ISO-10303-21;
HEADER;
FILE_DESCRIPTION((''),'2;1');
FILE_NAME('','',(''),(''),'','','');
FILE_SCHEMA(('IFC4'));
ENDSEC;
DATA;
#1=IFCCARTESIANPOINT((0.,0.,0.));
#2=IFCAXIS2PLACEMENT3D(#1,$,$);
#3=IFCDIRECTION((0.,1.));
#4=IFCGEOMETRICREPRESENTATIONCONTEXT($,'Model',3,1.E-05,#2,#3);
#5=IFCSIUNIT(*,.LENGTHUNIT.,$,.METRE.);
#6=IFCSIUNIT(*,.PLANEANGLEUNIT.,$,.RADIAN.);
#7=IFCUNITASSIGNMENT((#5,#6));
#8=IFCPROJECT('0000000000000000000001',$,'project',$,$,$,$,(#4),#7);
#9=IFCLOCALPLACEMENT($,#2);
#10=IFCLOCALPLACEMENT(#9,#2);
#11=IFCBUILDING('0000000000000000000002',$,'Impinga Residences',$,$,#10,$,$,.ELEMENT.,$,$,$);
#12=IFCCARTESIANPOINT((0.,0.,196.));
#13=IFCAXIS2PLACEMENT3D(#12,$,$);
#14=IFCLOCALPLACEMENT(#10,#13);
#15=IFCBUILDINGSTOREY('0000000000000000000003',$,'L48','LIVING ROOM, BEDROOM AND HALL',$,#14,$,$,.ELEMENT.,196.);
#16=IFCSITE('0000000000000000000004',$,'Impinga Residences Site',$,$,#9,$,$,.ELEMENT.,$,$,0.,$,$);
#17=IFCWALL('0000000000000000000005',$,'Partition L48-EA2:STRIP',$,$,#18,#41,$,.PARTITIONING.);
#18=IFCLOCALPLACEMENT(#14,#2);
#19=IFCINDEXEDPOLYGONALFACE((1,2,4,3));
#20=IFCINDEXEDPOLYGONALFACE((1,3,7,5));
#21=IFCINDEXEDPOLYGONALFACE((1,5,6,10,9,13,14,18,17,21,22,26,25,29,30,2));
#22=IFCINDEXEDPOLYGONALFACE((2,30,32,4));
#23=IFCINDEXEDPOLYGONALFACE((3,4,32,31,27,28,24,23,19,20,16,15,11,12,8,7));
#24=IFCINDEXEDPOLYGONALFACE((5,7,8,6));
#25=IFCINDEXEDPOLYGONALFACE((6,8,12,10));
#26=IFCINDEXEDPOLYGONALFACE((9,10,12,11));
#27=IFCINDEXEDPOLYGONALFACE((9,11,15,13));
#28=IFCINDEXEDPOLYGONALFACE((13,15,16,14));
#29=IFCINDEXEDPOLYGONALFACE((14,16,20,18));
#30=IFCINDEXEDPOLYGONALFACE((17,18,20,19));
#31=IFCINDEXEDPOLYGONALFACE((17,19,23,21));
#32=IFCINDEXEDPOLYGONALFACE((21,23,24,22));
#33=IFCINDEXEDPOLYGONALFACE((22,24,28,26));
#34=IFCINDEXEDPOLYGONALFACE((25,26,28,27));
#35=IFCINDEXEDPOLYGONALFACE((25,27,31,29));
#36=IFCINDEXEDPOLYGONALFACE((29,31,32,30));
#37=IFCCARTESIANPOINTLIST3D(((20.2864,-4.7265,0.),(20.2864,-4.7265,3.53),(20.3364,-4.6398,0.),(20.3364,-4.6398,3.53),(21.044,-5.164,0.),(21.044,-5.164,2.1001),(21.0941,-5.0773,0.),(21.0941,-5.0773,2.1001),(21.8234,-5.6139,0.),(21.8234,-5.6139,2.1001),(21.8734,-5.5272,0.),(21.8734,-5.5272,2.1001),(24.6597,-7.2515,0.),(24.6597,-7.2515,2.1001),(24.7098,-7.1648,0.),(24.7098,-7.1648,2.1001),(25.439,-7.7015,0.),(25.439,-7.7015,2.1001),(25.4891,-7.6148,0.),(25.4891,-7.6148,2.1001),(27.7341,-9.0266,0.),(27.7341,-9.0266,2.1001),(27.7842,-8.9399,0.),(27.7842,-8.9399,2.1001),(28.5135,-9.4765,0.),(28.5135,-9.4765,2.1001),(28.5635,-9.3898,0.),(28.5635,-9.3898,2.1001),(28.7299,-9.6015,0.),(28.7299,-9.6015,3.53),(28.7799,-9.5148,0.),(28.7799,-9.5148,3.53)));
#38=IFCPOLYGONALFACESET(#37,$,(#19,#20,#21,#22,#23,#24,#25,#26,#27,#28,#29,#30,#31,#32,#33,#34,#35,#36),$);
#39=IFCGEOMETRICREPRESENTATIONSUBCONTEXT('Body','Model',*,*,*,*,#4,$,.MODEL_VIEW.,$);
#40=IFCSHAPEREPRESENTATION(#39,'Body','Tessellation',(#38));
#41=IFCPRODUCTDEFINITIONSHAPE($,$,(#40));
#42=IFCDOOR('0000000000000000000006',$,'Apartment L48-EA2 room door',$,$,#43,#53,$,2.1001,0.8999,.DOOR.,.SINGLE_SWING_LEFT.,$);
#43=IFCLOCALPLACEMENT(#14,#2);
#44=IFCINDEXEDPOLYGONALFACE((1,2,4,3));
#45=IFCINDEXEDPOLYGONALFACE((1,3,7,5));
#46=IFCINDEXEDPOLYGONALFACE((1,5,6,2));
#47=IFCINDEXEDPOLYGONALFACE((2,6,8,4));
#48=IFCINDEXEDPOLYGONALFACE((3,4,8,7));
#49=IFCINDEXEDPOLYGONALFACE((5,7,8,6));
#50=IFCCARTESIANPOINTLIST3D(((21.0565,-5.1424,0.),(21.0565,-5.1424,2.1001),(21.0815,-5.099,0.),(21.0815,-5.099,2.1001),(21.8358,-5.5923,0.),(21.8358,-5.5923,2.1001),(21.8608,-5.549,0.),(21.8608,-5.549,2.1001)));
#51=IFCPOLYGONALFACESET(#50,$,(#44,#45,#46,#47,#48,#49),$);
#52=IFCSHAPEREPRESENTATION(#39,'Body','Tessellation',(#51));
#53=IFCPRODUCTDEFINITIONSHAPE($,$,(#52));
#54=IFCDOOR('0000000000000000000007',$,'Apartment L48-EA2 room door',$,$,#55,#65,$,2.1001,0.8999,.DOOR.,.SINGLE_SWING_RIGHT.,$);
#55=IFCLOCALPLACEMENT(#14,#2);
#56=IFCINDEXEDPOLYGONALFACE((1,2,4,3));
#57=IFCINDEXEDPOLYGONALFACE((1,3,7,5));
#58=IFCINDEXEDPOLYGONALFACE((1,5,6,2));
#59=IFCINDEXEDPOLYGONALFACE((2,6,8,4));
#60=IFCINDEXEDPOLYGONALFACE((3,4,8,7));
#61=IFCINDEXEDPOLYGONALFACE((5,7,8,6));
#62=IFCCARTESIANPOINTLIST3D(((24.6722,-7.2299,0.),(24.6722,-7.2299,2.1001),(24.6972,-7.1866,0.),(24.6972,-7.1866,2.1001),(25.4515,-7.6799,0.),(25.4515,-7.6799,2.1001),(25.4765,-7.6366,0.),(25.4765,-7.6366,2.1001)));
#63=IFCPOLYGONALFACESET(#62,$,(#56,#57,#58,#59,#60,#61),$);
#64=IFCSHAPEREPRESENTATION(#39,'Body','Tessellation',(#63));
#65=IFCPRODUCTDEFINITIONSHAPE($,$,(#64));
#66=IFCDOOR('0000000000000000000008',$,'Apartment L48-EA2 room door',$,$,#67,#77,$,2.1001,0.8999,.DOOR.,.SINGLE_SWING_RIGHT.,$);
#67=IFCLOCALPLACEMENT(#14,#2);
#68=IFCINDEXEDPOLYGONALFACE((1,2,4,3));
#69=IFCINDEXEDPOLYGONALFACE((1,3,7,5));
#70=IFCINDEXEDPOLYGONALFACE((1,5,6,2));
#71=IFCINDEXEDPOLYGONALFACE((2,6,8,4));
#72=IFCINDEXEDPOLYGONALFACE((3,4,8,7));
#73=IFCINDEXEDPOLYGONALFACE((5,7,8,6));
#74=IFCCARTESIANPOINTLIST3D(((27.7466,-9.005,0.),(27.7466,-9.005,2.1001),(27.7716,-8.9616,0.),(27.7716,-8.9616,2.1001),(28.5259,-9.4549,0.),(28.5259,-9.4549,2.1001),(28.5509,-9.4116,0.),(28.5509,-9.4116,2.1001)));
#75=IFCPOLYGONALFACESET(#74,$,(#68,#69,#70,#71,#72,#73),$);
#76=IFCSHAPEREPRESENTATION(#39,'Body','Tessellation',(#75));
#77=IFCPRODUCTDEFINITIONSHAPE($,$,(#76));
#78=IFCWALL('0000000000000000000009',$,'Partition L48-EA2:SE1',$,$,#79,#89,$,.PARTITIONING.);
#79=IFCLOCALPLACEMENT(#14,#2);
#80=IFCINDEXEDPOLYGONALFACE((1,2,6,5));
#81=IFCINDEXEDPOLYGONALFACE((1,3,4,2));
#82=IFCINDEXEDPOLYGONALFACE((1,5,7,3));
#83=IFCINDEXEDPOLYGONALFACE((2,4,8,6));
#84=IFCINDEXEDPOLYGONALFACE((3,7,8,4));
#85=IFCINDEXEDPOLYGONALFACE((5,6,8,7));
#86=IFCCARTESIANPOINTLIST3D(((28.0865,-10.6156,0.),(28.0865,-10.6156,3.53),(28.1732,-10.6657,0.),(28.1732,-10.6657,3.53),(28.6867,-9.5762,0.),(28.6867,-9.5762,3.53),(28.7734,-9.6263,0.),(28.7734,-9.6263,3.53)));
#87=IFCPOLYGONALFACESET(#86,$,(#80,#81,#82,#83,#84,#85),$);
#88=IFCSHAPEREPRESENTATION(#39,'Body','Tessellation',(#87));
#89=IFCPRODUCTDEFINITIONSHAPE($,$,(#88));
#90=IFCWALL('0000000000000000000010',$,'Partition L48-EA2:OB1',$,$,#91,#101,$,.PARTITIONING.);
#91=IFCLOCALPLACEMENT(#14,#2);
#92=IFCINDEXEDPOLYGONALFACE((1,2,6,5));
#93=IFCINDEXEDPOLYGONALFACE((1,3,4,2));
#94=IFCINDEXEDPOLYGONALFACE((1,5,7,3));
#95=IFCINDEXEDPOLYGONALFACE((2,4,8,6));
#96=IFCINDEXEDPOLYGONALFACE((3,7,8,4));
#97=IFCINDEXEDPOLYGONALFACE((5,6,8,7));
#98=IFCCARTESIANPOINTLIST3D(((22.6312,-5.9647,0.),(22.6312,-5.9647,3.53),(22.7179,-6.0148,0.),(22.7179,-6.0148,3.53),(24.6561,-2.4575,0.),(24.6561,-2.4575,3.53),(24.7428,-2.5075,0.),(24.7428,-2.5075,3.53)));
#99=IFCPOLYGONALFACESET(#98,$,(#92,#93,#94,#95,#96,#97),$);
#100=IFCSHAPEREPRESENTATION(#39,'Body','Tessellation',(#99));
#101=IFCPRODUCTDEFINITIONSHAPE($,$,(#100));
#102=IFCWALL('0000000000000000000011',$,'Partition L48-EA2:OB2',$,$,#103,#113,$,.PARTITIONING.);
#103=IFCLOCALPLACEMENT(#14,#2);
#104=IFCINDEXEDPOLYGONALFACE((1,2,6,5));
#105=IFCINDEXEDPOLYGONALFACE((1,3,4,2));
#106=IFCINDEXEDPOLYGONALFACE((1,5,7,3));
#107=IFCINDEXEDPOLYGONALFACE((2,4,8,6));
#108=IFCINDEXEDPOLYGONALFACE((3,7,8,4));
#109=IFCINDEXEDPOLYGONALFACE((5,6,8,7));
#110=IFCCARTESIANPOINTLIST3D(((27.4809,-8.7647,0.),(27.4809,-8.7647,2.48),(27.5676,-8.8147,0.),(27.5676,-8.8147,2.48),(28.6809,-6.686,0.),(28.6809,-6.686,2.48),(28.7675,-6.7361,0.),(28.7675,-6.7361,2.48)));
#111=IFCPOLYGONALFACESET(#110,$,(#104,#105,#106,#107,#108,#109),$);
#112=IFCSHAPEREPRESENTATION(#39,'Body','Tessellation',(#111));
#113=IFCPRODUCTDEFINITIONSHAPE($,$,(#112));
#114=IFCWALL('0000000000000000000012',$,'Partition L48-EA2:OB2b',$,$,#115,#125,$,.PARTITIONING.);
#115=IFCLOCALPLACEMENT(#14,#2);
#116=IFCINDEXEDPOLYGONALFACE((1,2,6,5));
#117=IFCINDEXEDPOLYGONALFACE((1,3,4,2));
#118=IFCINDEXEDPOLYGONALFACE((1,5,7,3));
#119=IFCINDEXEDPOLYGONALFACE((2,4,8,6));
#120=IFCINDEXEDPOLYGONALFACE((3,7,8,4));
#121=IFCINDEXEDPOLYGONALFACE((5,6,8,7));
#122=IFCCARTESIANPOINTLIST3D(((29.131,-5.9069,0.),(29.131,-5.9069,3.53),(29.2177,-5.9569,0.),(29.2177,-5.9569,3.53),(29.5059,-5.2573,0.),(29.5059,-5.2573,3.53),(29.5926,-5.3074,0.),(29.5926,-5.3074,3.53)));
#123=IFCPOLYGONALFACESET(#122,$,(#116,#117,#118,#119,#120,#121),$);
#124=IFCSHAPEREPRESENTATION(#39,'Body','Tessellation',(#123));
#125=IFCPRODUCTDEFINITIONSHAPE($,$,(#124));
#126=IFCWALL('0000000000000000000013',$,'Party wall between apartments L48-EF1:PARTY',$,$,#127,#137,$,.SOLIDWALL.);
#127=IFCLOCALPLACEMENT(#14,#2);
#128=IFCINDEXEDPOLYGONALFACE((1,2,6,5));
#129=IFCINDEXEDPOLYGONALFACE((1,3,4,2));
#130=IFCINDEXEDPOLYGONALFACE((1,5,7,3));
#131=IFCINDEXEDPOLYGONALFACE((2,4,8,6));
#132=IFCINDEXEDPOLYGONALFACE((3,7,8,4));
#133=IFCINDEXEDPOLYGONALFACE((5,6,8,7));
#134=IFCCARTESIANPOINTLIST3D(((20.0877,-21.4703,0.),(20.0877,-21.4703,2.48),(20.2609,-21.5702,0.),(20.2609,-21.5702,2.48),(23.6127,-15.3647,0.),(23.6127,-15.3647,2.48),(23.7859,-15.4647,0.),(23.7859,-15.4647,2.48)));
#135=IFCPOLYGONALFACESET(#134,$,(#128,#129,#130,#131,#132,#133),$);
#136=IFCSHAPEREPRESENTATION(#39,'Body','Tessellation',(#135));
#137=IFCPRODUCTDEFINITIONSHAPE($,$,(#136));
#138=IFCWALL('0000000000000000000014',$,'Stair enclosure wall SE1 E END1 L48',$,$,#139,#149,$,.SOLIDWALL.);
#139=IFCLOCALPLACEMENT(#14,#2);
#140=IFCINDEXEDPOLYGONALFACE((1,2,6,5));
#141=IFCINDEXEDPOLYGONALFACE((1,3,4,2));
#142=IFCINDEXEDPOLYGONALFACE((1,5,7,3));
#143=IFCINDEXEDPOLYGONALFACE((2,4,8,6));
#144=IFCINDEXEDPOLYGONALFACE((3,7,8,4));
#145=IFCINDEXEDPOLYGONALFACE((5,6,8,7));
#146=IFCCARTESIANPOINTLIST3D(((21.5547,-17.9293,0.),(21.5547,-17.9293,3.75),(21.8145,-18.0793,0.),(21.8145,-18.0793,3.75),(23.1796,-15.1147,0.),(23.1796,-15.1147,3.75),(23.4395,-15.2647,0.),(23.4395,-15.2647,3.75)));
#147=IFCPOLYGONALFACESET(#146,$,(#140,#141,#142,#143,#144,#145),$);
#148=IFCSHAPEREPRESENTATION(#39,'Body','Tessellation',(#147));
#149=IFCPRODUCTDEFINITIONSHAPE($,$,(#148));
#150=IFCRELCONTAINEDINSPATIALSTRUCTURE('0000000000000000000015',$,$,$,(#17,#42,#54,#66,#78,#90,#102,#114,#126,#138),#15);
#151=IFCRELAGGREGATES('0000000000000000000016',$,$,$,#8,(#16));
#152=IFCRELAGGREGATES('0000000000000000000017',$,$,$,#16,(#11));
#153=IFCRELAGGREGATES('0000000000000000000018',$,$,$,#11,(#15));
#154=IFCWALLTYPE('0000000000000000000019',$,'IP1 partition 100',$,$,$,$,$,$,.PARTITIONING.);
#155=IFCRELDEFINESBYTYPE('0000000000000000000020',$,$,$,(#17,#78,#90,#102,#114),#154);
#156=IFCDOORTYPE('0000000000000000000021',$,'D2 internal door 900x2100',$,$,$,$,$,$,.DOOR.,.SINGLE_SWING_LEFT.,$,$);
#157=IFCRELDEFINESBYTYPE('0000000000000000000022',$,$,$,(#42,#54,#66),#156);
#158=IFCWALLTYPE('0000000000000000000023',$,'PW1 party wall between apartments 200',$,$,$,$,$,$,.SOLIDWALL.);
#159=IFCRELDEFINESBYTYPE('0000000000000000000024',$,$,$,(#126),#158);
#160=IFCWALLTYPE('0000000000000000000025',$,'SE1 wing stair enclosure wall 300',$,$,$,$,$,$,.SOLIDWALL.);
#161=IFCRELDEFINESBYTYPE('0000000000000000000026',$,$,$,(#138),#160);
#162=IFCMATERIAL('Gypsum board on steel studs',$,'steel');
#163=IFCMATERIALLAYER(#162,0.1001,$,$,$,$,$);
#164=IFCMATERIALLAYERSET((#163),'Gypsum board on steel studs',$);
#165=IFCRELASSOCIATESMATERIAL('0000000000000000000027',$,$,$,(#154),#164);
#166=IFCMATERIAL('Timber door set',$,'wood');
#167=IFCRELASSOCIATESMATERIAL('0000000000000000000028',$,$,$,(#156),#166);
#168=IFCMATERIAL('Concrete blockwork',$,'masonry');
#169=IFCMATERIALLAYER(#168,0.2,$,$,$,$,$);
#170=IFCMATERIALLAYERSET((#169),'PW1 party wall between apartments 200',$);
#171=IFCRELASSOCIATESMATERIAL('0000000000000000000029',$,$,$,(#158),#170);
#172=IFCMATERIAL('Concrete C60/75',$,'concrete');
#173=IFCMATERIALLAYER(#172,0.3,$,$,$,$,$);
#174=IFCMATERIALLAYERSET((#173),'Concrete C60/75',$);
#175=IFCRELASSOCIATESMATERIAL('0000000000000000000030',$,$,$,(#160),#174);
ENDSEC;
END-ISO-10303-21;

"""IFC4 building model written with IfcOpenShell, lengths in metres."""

from ifc_helpers import new_model, si_unit, direction, frame, frame_2d, origin, place, context, subcontext, project, spatial, rectangle, extrude, material, layer, layer_set, type_object, element, fill, save


model = new_model("IFC4")

# Units and contexts
model_context = context("Model", 3, precision=1e-05, world=origin(), true_north=direction((0.0, 1.0)))
body_context = subcontext(model_context, "Body", "Model", "MODEL_VIEW")
ifc_project = project(units=[si_unit("LENGTHUNIT", "METRE"), si_unit("PLANEANGLEUNIT", "RADIAN")], contexts=[model_context])

# Site, building, storey
site_placement = place(None, origin())
site = spatial("IfcSite", under=ifc_project, at=site_placement, Name="Impinga Residences Site", CompositionType="ELEMENT", RefElevation=0.0)
building_placement = place(site_placement, origin())
building = spatial("IfcBuilding", under=site, at=building_placement, Name="Impinga Residences", CompositionType="ELEMENT")
storey_placement = place(building_placement, frame((0.0, 0.0, 196.0)))
storey = spatial("IfcBuildingStorey", under=building, at=storey_placement, Name="L48", Description="LIVING ROOM, BEDROOM AND HALL", CompositionType="ELEMENT", Elevation=196.0)

# Shared definitions
ifc_material_1 = material(Name="Concrete C60/75", Category="concrete")

# Shared definitions
ifc_material_2 = material(Name="Gypsum board on steel studs", Category="steel")
ifc_layer_1 = layer(ifc_material_2, 0.1001)
ifc_layer_set_1 = layer_set([ifc_layer_1], Name="Gypsum board on steel studs")
wall_type_1 = type_object("IfcWallType", Name="IP1 partition 100", PredefinedType="PARTITIONING", material=ifc_layer_set_1)

# Wall, openings, doors
wall_1_placement = place(storey_placement, frame((20.3113, -4.6831, 0.0), z_axis=(0.0, 0.0, 1.0), x_axis=(0.866022, -0.500006, 0.0)))
wall_1 = element("IfcWall", 1, at=wall_1_placement, inside=storey, type_object=wall_type_1, Name="Partition L48-EA2:STRIP", PredefinedType="PARTITIONING", context=body_context, shape_type="SweptSolid", body=[
    extrude(rectangle(XDim=9.7498, YDim=0.1001, at=frame_2d((4.875, 0.0))), origin(), (0.0, 0.0, 1.0), 3.53),
])
opening_1_placement = place(wall_1_placement, frame((0.875, 0.0, 0.0)))
opening_1 = element("IfcOpeningElement", 2, at=opening_1_placement, cuts=wall_1, PredefinedType="OPENING", context=body_context, shape_type="SweptSolid", body=[
    extrude(rectangle(XDim=0.8999, YDim=2.1001, at=frame_2d((0.45, 1.05))), frame((0.0, 0.0601, 0.0), z_axis=(0.0, -1.0, 0.0), x_axis=(1.0, 0.0, 0.0)), (0.0, 0.0, 1.0), 0.1201),
])
opening_2_placement = place(wall_1_placement, frame((5.05, 0.0, 0.0)))
opening_2 = element("IfcOpeningElement", 3, at=opening_2_placement, cuts=wall_1, PredefinedType="OPENING", context=body_context, shape_type="SweptSolid", body=[
    extrude(rectangle(XDim=0.8999, YDim=2.1001, at=frame_2d((0.45, 1.05))), frame((0.0, 0.0601, 0.0), z_axis=(0.0, -1.0, 0.0), x_axis=(1.0, 0.0, 0.0)), (0.0, 0.0, 1.0), 0.1201),
])
opening_3_placement = place(wall_1_placement, frame((8.6001, 0.0, 0.0)))
opening_3 = element("IfcOpeningElement", 4, at=opening_3_placement, cuts=wall_1, PredefinedType="OPENING", context=body_context, shape_type="SweptSolid", body=[
    extrude(rectangle(XDim=0.8999, YDim=2.1001, at=frame_2d((0.45, 1.05))), frame((0.0, 0.0601, 0.0), z_axis=(0.0, -1.0, 0.0), x_axis=(1.0, 0.0, 0.0)), (0.0, 0.0, 1.0), 0.1201),
])
ifc_material_3 = material(Name="Timber door set", Category="wood")
door_type = type_object("IfcDoorType", Name="D2 internal door 900x2100", OperationType="SINGLE_SWING_LEFT", PredefinedType="DOOR", material=ifc_material_3)
door_1_placement = place(opening_1_placement, origin())
door_1 = element("IfcDoor", 5, at=door_1_placement, inside=storey, type_object=door_type, Name="Apartment L48-EA2 room door", OperationType="SINGLE_SWING_LEFT", OverallHeight=2.1001, OverallWidth=0.8999, PredefinedType="DOOR", context=body_context, shape_type="SweptSolid", body=[
    extrude(rectangle(XDim=0.8999, YDim=2.1001, at=frame_2d((0.45, 1.05))), frame((0.0, 0.0249, 0.0), z_axis=(0.0, -1.0, 0.0), x_axis=(1.0, 0.0, 0.0)), (0.0, 0.0, 1.0), 0.05),
])
fill(opening_1, door_1)
door_2_placement = place(opening_2_placement, origin())
door_2 = element("IfcDoor", 6, at=door_2_placement, inside=storey, type_object=door_type, Name="Apartment L48-EA2 room door", OperationType="SINGLE_SWING_RIGHT", OverallHeight=2.1001, OverallWidth=0.8999, PredefinedType="DOOR", context=body_context, shape_type="SweptSolid", body=[
    extrude(rectangle(XDim=0.8999, YDim=2.1001, at=frame_2d((0.45, 1.05))), frame((0.0, 0.0249, 0.0), z_axis=(0.0, -1.0, 0.0), x_axis=(1.0, 0.0, 0.0)), (0.0, 0.0, 1.0), 0.05),
])
fill(opening_2, door_2)
door_3_placement = place(opening_3_placement, origin())
door_3 = element("IfcDoor", 7, at=door_3_placement, inside=storey, type_object=door_type, Name="Apartment L48-EA2 room door", OperationType="SINGLE_SWING_RIGHT", OverallHeight=2.1001, OverallWidth=0.8999, PredefinedType="DOOR", context=body_context, shape_type="SweptSolid", body=[
    extrude(rectangle(XDim=0.8999, YDim=2.1001, at=frame_2d((0.45, 1.05))), frame((0.0, 0.0249, 0.0), z_axis=(0.0, -1.0, 0.0), x_axis=(1.0, 0.0, 0.0)), (0.0, 0.0, 1.0), 0.05),
])
fill(opening_3, door_3)

# Walls
wall_2_placement = place(storey_placement, frame((28.1299, -10.6406, 0.0), z_axis=(0.0, 0.0, 1.0), x_axis=(0.500034, 0.866006, 0.0)))
element("IfcWall", 8, at=wall_2_placement, inside=storey, type_object=wall_type_1, Name="Partition L48-EA2:SE1", PredefinedType="PARTITIONING", context=body_context, shape_type="SweptSolid", body=[
    extrude(rectangle(XDim=1.2002, YDim=0.1001, at=frame_2d((0.6001, 0.0))), origin(), (0.0, 0.0, 1.0), 3.53),
])
wall_3_placement = place(storey_placement, frame((22.6746, -5.9897, 0.0), z_axis=(0.0, 0.0, 1.0), x_axis=(0.49999, 0.866031, 0.0)))
element("IfcWall", 9, at=wall_3_placement, inside=storey, type_object=wall_type_1, Name="Partition L48-EA2:OB1", PredefinedType="PARTITIONING", context=body_context, shape_type="SweptSolid", body=[
    extrude(rectangle(XDim=4.0498, YDim=0.1001, at=frame_2d((2.0249, 0.0))), origin(), (0.0, 0.0, 1.0), 3.53),
])
wall_4_placement = place(storey_placement, frame((27.5242, -8.7898, 0.0), z_axis=(0.0, 0.0, 1.0), x_axis=(0.499957, 0.86605, 0.0)))
element("IfcWall", 10, at=wall_4_placement, inside=storey, type_object=wall_type_1, Name="Partition L48-EA2:OB2", PredefinedType="PARTITIONING", context=body_context, shape_type="SweptSolid", body=[
    extrude(rectangle(XDim=2.4001, YDim=0.1001, at=frame_2d((1.2002, 0.0))), origin(), (0.0, 0.0, 1.0), 2.48),
])
wall_5_placement = place(storey_placement, frame((29.1743, -5.9319, 0.0), z_axis=(0.0, 0.0, 1.0), x_axis=(0.49992, 0.866072, 0.0)))
element("IfcWall", 11, at=wall_5_placement, inside=storey, type_object=wall_type_1, Name="Partition L48-EA2:OB2b", PredefinedType="PARTITIONING", context=body_context, shape_type="SweptSolid", body=[
    extrude(rectangle(XDim=0.75, YDim=0.1001, at=frame_2d((0.375, 0.0))), origin(), (0.0, 0.0, 1.0), 3.53),
])
ifc_material_4 = material(Name="Concrete blockwork", Category="masonry")
ifc_layer_2 = layer(ifc_material_4, 0.2)
ifc_layer_set_2 = layer_set([ifc_layer_2], Name="PW1 party wall between apartments 200")
wall_type_2 = type_object("IfcWallType", Name="PW1 party wall between apartments 200", PredefinedType="SOLIDWALL", material=ifc_layer_set_2)
wall_6_placement = place(storey_placement, frame((23.6992, -15.4148, 0.0), z_axis=(0.0, 0.0, 1.0), x_axis=(-0.49999, -0.866031, 0.0)))
element("IfcWall", 12, at=wall_6_placement, inside=storey, type_object=wall_type_2, Name="Party wall between apartments L48-EF1:PARTY", PredefinedType="SOLIDWALL", context=body_context, shape_type="SweptSolid", body=[
    extrude(rectangle(XDim=7.05, YDim=0.2, at=frame_2d((3.5249, 0.0))), origin(), (0.0, 0.0, 1.0), 2.48),
])
ifc_layer_3 = layer(ifc_material_1, 0.3)
ifc_layer_set_3 = layer_set([ifc_layer_3], Name="Concrete C60/75")
wall_type_3 = type_object("IfcWallType", Name="SE1 wing stair enclosure wall 300", PredefinedType="SOLIDWALL", material=ifc_layer_set_3)
wall_7_placement = place(storey_placement, frame((23.3096, -15.1897, 0.0), z_axis=(0.0, 0.0, 1.0), x_axis=(-0.499985, -0.866034, 0.0)))
element("IfcWall", 13, at=wall_7_placement, inside=storey, type_object=wall_type_3, Name="Stair enclosure wall SE1 E END1 L48", PredefinedType="SOLIDWALL", context=body_context, shape_type="SweptSolid", body=[
    extrude(rectangle(XDim=3.25, YDim=0.3, at=frame_2d((1.625, 0.0))), origin(), (0.0, 0.0, 1.0), 3.75),
])

save(model, "model.ifc")
